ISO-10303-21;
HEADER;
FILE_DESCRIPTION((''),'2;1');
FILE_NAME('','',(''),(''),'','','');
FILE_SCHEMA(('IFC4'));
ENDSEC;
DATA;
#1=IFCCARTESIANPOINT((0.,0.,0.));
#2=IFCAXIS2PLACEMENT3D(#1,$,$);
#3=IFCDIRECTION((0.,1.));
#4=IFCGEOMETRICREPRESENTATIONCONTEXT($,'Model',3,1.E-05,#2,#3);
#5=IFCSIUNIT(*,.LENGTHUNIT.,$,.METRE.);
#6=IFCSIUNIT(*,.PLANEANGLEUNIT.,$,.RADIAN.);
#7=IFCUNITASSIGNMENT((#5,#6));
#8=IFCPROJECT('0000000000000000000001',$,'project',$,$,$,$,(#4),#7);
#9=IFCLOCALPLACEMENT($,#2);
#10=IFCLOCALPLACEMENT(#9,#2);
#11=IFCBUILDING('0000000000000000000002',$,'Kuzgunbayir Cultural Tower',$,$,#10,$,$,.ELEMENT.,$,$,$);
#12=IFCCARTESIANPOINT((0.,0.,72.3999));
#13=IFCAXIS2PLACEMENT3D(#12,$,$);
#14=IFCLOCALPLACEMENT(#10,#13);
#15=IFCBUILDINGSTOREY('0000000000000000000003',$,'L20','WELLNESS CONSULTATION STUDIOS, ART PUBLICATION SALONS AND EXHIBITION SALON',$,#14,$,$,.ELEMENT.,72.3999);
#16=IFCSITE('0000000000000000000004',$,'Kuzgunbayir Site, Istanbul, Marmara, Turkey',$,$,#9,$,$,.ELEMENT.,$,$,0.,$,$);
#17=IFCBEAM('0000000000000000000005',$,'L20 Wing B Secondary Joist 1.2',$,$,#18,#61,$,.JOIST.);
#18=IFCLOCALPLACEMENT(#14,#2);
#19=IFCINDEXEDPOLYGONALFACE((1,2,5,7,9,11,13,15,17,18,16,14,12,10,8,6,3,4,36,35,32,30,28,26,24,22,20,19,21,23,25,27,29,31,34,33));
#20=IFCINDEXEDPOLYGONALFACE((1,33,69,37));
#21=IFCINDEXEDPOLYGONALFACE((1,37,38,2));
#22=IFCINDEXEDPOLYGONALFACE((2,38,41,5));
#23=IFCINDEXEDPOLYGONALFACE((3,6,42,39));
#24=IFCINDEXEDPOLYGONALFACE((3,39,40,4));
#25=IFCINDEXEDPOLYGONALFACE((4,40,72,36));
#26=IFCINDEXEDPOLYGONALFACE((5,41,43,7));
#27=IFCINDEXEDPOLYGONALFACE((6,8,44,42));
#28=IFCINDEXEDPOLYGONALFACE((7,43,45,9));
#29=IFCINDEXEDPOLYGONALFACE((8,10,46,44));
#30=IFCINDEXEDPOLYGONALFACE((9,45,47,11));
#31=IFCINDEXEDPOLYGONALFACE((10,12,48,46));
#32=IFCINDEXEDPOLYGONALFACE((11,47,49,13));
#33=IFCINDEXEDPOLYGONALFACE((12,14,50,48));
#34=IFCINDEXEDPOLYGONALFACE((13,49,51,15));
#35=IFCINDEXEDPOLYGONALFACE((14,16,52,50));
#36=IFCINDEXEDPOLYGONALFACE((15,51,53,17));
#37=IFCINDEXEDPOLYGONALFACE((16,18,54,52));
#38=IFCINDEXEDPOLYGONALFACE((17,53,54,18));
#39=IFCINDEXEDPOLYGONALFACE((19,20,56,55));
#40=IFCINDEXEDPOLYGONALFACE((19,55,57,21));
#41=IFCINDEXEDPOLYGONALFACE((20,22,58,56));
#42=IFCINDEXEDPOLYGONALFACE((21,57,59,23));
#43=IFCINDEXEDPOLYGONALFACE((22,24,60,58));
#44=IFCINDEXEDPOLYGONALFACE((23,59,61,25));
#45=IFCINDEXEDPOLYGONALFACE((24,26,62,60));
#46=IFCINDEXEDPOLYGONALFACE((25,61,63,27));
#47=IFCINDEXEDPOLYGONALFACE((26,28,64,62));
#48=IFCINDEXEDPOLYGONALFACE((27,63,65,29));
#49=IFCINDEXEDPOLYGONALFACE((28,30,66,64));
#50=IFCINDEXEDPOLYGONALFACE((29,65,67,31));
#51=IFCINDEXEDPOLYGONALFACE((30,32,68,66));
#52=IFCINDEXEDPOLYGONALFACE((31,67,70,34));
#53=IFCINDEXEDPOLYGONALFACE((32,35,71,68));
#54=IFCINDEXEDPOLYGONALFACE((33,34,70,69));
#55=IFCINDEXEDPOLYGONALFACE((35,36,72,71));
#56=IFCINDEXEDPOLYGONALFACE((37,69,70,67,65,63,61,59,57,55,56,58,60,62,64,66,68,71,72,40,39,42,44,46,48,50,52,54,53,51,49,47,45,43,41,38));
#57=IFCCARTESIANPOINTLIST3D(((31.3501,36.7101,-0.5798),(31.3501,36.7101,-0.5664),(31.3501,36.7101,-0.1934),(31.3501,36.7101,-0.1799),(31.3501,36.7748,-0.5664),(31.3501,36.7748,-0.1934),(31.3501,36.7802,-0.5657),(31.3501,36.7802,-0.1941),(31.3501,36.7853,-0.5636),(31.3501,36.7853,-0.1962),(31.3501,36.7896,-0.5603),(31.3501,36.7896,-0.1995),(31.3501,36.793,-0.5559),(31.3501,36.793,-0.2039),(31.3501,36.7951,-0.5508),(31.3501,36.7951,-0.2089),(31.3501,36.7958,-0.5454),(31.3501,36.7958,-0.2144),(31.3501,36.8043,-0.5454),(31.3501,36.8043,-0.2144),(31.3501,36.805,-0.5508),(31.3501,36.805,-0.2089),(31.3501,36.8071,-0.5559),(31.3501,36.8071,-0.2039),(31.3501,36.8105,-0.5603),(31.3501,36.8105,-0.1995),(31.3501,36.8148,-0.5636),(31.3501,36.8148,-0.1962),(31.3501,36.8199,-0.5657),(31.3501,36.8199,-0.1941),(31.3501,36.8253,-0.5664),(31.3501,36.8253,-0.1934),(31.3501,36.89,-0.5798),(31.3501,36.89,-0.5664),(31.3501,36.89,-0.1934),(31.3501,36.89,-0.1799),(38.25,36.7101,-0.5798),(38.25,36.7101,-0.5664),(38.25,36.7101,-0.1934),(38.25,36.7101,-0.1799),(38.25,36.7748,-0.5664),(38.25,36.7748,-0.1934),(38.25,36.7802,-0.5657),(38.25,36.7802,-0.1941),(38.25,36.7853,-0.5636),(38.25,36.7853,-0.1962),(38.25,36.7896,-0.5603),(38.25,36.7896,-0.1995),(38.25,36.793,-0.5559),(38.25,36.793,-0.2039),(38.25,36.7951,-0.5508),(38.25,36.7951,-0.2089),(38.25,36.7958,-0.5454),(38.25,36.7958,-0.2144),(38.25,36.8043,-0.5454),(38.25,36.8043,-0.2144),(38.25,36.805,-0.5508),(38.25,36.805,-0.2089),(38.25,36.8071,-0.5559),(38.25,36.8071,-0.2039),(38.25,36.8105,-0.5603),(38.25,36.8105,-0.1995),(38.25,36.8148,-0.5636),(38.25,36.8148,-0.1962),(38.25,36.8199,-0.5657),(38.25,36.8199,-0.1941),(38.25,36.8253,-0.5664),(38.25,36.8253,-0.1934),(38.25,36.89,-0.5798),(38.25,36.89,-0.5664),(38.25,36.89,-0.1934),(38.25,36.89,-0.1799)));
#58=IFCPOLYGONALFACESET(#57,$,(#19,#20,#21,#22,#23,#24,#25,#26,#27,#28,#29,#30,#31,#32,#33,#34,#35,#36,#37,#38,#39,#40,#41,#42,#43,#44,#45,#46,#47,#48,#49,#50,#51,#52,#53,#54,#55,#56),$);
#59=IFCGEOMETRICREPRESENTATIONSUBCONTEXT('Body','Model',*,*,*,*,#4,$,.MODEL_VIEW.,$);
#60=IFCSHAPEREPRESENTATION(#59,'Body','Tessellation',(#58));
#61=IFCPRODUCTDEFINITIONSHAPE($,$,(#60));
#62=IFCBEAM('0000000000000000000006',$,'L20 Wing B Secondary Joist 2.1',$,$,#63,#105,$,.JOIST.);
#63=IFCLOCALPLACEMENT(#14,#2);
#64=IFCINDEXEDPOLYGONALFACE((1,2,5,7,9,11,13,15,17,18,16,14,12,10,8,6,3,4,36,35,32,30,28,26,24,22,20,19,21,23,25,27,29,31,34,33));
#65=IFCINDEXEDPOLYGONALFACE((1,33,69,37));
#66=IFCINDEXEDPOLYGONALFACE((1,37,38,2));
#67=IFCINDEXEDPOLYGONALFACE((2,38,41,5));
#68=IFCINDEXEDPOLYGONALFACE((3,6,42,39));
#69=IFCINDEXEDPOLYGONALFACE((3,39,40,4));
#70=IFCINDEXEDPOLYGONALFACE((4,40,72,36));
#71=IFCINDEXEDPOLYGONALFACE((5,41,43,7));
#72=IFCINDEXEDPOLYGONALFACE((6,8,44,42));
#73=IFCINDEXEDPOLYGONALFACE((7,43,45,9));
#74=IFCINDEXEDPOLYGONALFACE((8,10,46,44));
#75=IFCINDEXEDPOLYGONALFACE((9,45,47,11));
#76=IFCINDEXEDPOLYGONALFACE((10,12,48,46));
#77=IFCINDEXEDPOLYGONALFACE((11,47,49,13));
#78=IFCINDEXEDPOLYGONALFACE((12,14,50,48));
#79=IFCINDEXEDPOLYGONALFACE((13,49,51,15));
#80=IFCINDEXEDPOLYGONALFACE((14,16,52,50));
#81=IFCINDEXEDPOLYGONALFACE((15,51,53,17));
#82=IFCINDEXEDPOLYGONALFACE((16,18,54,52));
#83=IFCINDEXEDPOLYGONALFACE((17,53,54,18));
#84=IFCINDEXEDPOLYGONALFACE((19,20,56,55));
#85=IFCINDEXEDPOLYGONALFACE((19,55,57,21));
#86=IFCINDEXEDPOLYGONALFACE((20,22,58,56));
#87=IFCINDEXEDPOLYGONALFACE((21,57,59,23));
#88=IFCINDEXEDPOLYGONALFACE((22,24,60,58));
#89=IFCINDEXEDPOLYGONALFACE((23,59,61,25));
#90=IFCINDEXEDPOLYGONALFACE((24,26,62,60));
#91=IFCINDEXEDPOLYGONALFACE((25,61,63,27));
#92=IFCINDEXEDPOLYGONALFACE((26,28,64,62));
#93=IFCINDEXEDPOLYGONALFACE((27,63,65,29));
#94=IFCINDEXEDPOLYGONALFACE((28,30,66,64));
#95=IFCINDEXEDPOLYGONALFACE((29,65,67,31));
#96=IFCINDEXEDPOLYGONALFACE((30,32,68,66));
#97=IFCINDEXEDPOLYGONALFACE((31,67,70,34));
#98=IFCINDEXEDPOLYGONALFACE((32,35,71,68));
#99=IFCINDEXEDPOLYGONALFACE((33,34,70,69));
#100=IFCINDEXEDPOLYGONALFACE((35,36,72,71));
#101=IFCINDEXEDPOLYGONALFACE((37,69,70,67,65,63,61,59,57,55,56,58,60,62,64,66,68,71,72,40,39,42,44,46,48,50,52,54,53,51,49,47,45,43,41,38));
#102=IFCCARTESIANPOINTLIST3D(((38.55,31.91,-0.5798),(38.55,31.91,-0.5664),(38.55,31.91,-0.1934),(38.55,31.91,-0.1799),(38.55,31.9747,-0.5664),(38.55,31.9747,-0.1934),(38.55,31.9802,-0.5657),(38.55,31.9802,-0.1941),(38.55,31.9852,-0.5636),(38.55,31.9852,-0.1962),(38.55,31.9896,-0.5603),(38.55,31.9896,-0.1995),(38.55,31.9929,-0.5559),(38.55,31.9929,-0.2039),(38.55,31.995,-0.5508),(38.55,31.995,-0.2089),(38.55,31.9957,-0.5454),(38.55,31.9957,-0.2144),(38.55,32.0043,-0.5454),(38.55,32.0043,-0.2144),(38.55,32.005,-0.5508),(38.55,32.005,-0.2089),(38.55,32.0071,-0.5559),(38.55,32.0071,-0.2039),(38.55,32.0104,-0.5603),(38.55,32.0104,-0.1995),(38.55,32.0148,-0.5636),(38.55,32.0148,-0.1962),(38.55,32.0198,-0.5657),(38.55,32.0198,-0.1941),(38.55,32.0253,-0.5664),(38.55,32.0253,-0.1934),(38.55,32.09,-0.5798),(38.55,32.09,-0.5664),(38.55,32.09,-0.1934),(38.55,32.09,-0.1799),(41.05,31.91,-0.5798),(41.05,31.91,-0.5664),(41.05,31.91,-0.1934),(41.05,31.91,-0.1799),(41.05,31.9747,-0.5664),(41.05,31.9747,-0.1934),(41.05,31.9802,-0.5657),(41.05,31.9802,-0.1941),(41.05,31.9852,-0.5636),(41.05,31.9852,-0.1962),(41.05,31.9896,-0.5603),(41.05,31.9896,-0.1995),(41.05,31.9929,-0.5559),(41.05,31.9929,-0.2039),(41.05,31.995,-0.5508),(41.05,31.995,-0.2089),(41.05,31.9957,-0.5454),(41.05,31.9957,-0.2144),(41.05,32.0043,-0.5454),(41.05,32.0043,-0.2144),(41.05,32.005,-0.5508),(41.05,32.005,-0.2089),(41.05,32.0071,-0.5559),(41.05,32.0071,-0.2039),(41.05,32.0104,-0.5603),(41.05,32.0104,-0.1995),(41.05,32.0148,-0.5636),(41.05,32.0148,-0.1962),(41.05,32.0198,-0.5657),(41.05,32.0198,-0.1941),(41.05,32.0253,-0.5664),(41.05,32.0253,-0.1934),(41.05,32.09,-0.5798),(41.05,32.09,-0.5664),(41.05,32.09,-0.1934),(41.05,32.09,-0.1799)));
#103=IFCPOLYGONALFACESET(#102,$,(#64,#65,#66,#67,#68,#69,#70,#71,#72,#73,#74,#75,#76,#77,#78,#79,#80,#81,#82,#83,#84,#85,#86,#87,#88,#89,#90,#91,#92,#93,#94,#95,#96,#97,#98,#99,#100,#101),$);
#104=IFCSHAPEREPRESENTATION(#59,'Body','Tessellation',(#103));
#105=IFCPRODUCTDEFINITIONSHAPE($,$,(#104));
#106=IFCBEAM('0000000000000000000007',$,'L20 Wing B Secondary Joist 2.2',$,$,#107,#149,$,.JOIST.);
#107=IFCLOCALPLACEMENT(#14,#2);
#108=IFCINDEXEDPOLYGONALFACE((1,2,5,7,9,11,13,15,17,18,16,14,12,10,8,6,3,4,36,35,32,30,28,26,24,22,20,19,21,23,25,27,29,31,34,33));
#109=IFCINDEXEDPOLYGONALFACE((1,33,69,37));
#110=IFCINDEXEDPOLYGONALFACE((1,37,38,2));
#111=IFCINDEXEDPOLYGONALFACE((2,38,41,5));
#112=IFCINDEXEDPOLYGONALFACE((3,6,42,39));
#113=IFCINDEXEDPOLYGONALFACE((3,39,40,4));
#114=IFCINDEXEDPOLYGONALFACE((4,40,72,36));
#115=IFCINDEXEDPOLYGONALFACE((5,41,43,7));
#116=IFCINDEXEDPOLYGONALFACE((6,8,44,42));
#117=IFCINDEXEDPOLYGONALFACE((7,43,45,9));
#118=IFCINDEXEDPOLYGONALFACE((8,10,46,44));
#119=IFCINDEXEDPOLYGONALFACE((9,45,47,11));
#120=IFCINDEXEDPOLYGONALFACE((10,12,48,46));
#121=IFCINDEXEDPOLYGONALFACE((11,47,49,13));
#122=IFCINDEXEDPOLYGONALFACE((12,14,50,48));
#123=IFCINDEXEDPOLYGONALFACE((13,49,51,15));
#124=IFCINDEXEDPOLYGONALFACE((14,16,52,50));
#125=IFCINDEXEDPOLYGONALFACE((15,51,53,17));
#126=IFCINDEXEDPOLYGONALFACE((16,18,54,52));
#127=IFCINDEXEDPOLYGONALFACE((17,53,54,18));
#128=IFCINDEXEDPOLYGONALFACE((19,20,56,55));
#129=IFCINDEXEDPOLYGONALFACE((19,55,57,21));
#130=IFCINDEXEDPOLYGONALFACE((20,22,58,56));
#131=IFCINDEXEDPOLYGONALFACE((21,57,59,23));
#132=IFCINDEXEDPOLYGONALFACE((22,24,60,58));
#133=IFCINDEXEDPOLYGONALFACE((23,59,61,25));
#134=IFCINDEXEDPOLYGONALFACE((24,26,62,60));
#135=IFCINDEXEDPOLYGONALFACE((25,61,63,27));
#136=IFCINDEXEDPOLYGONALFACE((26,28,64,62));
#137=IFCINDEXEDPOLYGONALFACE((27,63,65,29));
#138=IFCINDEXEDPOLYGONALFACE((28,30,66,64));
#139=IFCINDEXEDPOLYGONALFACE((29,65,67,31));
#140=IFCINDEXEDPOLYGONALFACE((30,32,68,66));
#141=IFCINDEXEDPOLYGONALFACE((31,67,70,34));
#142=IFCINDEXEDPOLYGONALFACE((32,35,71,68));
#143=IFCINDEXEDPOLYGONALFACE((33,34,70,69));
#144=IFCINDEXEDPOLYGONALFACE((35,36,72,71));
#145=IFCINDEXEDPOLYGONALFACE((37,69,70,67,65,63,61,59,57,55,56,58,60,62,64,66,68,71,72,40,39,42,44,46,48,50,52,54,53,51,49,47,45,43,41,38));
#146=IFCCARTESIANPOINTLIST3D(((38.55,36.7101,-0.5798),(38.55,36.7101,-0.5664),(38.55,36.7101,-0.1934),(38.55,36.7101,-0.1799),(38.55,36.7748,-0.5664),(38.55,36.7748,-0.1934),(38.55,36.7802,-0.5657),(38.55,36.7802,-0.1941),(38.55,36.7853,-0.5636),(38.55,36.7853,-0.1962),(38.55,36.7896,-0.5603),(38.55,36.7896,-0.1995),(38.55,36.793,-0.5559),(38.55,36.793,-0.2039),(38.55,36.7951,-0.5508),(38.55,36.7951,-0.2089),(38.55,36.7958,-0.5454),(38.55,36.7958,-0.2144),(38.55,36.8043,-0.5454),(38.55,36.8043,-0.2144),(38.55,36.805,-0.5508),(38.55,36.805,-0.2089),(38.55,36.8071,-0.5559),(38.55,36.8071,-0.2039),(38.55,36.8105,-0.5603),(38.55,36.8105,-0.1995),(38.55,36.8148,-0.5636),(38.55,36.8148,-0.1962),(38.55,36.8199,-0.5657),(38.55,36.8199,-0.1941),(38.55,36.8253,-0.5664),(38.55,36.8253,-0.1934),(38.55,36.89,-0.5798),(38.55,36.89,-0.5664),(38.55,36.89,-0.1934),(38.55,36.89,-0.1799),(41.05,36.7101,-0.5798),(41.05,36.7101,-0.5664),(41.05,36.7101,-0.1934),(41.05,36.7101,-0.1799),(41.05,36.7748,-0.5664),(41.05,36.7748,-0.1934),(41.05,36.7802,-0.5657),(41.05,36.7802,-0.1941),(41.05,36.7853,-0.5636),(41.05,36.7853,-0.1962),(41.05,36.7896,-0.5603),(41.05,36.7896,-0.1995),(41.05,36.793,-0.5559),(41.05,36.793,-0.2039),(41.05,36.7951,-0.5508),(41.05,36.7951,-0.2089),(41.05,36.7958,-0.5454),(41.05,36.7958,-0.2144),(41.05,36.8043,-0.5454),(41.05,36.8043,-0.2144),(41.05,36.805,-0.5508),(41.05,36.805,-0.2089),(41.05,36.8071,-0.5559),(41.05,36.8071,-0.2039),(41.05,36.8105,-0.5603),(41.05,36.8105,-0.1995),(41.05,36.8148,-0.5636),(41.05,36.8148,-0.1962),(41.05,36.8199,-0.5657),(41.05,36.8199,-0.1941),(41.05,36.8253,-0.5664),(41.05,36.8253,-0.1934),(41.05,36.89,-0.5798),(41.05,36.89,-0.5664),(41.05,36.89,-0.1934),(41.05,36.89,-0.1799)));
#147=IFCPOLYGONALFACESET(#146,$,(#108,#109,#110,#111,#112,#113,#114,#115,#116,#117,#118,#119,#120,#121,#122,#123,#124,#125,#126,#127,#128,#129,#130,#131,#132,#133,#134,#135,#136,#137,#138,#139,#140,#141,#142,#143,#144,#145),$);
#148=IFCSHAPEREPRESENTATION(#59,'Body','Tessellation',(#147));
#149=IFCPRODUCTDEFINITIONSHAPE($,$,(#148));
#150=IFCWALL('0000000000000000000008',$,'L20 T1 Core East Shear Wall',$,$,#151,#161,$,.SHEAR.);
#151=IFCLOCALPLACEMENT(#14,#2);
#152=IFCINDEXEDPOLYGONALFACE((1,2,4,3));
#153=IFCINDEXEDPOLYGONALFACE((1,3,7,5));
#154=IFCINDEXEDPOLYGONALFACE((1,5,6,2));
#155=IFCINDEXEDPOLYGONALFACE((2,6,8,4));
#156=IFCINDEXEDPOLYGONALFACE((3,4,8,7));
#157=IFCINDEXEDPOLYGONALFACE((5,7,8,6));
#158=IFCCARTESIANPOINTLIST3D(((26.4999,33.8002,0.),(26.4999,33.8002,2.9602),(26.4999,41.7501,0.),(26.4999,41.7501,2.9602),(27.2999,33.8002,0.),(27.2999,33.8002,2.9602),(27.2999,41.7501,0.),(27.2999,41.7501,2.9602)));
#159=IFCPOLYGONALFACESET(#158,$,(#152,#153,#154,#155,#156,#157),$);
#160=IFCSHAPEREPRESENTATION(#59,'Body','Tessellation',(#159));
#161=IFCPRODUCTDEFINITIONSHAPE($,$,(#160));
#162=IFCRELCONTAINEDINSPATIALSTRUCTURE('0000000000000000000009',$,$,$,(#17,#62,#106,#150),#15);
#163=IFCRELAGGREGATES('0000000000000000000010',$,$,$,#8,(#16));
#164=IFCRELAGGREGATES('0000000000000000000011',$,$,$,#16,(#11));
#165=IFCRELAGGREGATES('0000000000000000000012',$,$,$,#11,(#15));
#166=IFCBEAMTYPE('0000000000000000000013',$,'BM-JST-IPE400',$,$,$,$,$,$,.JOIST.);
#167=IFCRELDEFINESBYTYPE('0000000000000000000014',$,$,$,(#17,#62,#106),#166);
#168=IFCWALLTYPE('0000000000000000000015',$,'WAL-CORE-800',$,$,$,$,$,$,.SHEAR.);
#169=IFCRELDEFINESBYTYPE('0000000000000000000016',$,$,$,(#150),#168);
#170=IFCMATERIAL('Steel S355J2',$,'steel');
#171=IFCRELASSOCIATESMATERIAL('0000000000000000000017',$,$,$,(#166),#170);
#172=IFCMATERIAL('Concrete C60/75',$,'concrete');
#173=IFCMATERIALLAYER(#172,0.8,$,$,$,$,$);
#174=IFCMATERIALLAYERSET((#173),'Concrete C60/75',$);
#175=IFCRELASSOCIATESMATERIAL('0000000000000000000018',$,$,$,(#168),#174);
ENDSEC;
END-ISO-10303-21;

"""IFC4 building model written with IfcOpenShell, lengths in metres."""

from ifc_helpers import new_model, si_unit, direction, frame, frame_2d, origin, origin_2d, place, context, subcontext, project, spatial, rectangle, i_section, extrude, material, layer, layer_set, material_profile, profile_set, type_object, element, save


model = new_model("IFC4")

# Units and contexts
model_context = context("Model", 3, precision=1e-05, world=origin(), true_north=direction((0.0, 1.0)))
body_context = subcontext(model_context, "Body", "Model", "MODEL_VIEW")
ifc_project = project(units=[si_unit("LENGTHUNIT", "METRE"), si_unit("PLANEANGLEUNIT", "RADIAN")], contexts=[model_context])

# Site, building, storey
site_placement = place(None, origin())
site = spatial("IfcSite", under=ifc_project, at=site_placement, Name="Kuzgunbayir Site, Istanbul, Marmara, Turkey", CompositionType="ELEMENT", RefElevation=0.0)
building_placement = place(site_placement, origin())
building = spatial("IfcBuilding", under=site, at=building_placement, Name="Kuzgunbayir Cultural Tower", CompositionType="ELEMENT")
storey_placement = place(building_placement, frame((0.0, 0.0, 72.3999)))
storey = spatial("IfcBuildingStorey", under=building, at=storey_placement, Name="L20", Description="WELLNESS CONSULTATION STUDIOS, ART PUBLICATION SALONS AND EXHIBITION SALON", CompositionType="ELEMENT", Elevation=72.3999)

# Shared definitions
ifc_material_1 = material(Name="Concrete C60/75", Category="concrete")

# Beams
ifc_material_2 = material(Name="Steel S355J2", Category="steel")
ifc_material_profile_1 = material_profile(ifc_material_2, i_section(OverallWidth=0.1799, OverallDepth=0.3999, WebThickness=0.0085, FlangeThickness=0.0134, FilletRadius=0.021, at=origin_2d()), Name="IPE 400")
ifc_profile_set_1 = profile_set([ifc_material_profile_1], Name="Steel S355J2")
beam_type_1 = type_object("IfcBeamType", Name="BM-JST-IPE400", PredefinedType="JOIST", material=ifc_profile_set_1)
for number, where, z_axis, x_axis, name in (
    (1, (31.3501, 36.8, -0.3799), (1.0, 0.0, 0.0), (0.0, 1.0, 0.0), "L20 Wing B Secondary Joist 1.2"),
):
    element("IfcBeam", number, at=place(storey_placement, frame(where, z_axis=z_axis, x_axis=x_axis)), inside=storey, type_object=beam_type_1, Name=name, PredefinedType="JOIST", context=body_context, shape_type="SweptSolid", body=[
        extrude(i_section(OverallWidth=0.1799, OverallDepth=0.3999, WebThickness=0.0085, FlangeThickness=0.0134, FilletRadius=0.021, at=origin_2d()), origin(), (0.0, 0.0, 1.0), 6.8999),
    ])
for number, where, z_axis, x_axis, name in (
    (2, (38.55, 32.0, -0.3799), (1.0, 0.0, 0.0), (0.0, 1.0, 0.0), "L20 Wing B Secondary Joist 2.1"),
    (3, (38.55, 36.8, -0.3799), (1.0, 0.0, 0.0), (0.0, 1.0, 0.0), "L20 Wing B Secondary Joist 2.2"),
):
    element("IfcBeam", number, at=place(storey_placement, frame(where, z_axis=z_axis, x_axis=x_axis)), inside=storey, type_object=beam_type_1, Name=name, PredefinedType="JOIST", context=body_context, shape_type="SweptSolid", body=[
        extrude(i_section(OverallWidth=0.1799, OverallDepth=0.3999, WebThickness=0.0085, FlangeThickness=0.0134, FilletRadius=0.021, at=origin_2d()), origin(), (0.0, 0.0, 1.0), 2.5),
    ])

# Wall
ifc_layer_1 = layer(ifc_material_1, 0.8)
ifc_layer_set_1 = layer_set([ifc_layer_1], Name="Concrete C60/75")
wall_type_1 = type_object("IfcWallType", Name="WAL-CORE-800", PredefinedType="SHEAR", material=ifc_layer_set_1)
wall_1_placement = place(storey_placement, frame((26.8999, 33.8, 0.0), z_axis=(0.0, 0.0, 1.0), x_axis=(0.0, 1.0, 0.0)))
element("IfcWall", 4, at=wall_1_placement, inside=storey, type_object=wall_type_1, Name="L20 T1 Core East Shear Wall", PredefinedType="SHEAR", context=body_context, shape_type="SweptSolid", body=[
    extrude(rectangle(XDim=7.95, YDim=0.8, at=frame_2d((3.9751, 0.0))), origin(), (0.0, 0.0, 1.0), 2.9602),
])

save(model, "model.ifc")
